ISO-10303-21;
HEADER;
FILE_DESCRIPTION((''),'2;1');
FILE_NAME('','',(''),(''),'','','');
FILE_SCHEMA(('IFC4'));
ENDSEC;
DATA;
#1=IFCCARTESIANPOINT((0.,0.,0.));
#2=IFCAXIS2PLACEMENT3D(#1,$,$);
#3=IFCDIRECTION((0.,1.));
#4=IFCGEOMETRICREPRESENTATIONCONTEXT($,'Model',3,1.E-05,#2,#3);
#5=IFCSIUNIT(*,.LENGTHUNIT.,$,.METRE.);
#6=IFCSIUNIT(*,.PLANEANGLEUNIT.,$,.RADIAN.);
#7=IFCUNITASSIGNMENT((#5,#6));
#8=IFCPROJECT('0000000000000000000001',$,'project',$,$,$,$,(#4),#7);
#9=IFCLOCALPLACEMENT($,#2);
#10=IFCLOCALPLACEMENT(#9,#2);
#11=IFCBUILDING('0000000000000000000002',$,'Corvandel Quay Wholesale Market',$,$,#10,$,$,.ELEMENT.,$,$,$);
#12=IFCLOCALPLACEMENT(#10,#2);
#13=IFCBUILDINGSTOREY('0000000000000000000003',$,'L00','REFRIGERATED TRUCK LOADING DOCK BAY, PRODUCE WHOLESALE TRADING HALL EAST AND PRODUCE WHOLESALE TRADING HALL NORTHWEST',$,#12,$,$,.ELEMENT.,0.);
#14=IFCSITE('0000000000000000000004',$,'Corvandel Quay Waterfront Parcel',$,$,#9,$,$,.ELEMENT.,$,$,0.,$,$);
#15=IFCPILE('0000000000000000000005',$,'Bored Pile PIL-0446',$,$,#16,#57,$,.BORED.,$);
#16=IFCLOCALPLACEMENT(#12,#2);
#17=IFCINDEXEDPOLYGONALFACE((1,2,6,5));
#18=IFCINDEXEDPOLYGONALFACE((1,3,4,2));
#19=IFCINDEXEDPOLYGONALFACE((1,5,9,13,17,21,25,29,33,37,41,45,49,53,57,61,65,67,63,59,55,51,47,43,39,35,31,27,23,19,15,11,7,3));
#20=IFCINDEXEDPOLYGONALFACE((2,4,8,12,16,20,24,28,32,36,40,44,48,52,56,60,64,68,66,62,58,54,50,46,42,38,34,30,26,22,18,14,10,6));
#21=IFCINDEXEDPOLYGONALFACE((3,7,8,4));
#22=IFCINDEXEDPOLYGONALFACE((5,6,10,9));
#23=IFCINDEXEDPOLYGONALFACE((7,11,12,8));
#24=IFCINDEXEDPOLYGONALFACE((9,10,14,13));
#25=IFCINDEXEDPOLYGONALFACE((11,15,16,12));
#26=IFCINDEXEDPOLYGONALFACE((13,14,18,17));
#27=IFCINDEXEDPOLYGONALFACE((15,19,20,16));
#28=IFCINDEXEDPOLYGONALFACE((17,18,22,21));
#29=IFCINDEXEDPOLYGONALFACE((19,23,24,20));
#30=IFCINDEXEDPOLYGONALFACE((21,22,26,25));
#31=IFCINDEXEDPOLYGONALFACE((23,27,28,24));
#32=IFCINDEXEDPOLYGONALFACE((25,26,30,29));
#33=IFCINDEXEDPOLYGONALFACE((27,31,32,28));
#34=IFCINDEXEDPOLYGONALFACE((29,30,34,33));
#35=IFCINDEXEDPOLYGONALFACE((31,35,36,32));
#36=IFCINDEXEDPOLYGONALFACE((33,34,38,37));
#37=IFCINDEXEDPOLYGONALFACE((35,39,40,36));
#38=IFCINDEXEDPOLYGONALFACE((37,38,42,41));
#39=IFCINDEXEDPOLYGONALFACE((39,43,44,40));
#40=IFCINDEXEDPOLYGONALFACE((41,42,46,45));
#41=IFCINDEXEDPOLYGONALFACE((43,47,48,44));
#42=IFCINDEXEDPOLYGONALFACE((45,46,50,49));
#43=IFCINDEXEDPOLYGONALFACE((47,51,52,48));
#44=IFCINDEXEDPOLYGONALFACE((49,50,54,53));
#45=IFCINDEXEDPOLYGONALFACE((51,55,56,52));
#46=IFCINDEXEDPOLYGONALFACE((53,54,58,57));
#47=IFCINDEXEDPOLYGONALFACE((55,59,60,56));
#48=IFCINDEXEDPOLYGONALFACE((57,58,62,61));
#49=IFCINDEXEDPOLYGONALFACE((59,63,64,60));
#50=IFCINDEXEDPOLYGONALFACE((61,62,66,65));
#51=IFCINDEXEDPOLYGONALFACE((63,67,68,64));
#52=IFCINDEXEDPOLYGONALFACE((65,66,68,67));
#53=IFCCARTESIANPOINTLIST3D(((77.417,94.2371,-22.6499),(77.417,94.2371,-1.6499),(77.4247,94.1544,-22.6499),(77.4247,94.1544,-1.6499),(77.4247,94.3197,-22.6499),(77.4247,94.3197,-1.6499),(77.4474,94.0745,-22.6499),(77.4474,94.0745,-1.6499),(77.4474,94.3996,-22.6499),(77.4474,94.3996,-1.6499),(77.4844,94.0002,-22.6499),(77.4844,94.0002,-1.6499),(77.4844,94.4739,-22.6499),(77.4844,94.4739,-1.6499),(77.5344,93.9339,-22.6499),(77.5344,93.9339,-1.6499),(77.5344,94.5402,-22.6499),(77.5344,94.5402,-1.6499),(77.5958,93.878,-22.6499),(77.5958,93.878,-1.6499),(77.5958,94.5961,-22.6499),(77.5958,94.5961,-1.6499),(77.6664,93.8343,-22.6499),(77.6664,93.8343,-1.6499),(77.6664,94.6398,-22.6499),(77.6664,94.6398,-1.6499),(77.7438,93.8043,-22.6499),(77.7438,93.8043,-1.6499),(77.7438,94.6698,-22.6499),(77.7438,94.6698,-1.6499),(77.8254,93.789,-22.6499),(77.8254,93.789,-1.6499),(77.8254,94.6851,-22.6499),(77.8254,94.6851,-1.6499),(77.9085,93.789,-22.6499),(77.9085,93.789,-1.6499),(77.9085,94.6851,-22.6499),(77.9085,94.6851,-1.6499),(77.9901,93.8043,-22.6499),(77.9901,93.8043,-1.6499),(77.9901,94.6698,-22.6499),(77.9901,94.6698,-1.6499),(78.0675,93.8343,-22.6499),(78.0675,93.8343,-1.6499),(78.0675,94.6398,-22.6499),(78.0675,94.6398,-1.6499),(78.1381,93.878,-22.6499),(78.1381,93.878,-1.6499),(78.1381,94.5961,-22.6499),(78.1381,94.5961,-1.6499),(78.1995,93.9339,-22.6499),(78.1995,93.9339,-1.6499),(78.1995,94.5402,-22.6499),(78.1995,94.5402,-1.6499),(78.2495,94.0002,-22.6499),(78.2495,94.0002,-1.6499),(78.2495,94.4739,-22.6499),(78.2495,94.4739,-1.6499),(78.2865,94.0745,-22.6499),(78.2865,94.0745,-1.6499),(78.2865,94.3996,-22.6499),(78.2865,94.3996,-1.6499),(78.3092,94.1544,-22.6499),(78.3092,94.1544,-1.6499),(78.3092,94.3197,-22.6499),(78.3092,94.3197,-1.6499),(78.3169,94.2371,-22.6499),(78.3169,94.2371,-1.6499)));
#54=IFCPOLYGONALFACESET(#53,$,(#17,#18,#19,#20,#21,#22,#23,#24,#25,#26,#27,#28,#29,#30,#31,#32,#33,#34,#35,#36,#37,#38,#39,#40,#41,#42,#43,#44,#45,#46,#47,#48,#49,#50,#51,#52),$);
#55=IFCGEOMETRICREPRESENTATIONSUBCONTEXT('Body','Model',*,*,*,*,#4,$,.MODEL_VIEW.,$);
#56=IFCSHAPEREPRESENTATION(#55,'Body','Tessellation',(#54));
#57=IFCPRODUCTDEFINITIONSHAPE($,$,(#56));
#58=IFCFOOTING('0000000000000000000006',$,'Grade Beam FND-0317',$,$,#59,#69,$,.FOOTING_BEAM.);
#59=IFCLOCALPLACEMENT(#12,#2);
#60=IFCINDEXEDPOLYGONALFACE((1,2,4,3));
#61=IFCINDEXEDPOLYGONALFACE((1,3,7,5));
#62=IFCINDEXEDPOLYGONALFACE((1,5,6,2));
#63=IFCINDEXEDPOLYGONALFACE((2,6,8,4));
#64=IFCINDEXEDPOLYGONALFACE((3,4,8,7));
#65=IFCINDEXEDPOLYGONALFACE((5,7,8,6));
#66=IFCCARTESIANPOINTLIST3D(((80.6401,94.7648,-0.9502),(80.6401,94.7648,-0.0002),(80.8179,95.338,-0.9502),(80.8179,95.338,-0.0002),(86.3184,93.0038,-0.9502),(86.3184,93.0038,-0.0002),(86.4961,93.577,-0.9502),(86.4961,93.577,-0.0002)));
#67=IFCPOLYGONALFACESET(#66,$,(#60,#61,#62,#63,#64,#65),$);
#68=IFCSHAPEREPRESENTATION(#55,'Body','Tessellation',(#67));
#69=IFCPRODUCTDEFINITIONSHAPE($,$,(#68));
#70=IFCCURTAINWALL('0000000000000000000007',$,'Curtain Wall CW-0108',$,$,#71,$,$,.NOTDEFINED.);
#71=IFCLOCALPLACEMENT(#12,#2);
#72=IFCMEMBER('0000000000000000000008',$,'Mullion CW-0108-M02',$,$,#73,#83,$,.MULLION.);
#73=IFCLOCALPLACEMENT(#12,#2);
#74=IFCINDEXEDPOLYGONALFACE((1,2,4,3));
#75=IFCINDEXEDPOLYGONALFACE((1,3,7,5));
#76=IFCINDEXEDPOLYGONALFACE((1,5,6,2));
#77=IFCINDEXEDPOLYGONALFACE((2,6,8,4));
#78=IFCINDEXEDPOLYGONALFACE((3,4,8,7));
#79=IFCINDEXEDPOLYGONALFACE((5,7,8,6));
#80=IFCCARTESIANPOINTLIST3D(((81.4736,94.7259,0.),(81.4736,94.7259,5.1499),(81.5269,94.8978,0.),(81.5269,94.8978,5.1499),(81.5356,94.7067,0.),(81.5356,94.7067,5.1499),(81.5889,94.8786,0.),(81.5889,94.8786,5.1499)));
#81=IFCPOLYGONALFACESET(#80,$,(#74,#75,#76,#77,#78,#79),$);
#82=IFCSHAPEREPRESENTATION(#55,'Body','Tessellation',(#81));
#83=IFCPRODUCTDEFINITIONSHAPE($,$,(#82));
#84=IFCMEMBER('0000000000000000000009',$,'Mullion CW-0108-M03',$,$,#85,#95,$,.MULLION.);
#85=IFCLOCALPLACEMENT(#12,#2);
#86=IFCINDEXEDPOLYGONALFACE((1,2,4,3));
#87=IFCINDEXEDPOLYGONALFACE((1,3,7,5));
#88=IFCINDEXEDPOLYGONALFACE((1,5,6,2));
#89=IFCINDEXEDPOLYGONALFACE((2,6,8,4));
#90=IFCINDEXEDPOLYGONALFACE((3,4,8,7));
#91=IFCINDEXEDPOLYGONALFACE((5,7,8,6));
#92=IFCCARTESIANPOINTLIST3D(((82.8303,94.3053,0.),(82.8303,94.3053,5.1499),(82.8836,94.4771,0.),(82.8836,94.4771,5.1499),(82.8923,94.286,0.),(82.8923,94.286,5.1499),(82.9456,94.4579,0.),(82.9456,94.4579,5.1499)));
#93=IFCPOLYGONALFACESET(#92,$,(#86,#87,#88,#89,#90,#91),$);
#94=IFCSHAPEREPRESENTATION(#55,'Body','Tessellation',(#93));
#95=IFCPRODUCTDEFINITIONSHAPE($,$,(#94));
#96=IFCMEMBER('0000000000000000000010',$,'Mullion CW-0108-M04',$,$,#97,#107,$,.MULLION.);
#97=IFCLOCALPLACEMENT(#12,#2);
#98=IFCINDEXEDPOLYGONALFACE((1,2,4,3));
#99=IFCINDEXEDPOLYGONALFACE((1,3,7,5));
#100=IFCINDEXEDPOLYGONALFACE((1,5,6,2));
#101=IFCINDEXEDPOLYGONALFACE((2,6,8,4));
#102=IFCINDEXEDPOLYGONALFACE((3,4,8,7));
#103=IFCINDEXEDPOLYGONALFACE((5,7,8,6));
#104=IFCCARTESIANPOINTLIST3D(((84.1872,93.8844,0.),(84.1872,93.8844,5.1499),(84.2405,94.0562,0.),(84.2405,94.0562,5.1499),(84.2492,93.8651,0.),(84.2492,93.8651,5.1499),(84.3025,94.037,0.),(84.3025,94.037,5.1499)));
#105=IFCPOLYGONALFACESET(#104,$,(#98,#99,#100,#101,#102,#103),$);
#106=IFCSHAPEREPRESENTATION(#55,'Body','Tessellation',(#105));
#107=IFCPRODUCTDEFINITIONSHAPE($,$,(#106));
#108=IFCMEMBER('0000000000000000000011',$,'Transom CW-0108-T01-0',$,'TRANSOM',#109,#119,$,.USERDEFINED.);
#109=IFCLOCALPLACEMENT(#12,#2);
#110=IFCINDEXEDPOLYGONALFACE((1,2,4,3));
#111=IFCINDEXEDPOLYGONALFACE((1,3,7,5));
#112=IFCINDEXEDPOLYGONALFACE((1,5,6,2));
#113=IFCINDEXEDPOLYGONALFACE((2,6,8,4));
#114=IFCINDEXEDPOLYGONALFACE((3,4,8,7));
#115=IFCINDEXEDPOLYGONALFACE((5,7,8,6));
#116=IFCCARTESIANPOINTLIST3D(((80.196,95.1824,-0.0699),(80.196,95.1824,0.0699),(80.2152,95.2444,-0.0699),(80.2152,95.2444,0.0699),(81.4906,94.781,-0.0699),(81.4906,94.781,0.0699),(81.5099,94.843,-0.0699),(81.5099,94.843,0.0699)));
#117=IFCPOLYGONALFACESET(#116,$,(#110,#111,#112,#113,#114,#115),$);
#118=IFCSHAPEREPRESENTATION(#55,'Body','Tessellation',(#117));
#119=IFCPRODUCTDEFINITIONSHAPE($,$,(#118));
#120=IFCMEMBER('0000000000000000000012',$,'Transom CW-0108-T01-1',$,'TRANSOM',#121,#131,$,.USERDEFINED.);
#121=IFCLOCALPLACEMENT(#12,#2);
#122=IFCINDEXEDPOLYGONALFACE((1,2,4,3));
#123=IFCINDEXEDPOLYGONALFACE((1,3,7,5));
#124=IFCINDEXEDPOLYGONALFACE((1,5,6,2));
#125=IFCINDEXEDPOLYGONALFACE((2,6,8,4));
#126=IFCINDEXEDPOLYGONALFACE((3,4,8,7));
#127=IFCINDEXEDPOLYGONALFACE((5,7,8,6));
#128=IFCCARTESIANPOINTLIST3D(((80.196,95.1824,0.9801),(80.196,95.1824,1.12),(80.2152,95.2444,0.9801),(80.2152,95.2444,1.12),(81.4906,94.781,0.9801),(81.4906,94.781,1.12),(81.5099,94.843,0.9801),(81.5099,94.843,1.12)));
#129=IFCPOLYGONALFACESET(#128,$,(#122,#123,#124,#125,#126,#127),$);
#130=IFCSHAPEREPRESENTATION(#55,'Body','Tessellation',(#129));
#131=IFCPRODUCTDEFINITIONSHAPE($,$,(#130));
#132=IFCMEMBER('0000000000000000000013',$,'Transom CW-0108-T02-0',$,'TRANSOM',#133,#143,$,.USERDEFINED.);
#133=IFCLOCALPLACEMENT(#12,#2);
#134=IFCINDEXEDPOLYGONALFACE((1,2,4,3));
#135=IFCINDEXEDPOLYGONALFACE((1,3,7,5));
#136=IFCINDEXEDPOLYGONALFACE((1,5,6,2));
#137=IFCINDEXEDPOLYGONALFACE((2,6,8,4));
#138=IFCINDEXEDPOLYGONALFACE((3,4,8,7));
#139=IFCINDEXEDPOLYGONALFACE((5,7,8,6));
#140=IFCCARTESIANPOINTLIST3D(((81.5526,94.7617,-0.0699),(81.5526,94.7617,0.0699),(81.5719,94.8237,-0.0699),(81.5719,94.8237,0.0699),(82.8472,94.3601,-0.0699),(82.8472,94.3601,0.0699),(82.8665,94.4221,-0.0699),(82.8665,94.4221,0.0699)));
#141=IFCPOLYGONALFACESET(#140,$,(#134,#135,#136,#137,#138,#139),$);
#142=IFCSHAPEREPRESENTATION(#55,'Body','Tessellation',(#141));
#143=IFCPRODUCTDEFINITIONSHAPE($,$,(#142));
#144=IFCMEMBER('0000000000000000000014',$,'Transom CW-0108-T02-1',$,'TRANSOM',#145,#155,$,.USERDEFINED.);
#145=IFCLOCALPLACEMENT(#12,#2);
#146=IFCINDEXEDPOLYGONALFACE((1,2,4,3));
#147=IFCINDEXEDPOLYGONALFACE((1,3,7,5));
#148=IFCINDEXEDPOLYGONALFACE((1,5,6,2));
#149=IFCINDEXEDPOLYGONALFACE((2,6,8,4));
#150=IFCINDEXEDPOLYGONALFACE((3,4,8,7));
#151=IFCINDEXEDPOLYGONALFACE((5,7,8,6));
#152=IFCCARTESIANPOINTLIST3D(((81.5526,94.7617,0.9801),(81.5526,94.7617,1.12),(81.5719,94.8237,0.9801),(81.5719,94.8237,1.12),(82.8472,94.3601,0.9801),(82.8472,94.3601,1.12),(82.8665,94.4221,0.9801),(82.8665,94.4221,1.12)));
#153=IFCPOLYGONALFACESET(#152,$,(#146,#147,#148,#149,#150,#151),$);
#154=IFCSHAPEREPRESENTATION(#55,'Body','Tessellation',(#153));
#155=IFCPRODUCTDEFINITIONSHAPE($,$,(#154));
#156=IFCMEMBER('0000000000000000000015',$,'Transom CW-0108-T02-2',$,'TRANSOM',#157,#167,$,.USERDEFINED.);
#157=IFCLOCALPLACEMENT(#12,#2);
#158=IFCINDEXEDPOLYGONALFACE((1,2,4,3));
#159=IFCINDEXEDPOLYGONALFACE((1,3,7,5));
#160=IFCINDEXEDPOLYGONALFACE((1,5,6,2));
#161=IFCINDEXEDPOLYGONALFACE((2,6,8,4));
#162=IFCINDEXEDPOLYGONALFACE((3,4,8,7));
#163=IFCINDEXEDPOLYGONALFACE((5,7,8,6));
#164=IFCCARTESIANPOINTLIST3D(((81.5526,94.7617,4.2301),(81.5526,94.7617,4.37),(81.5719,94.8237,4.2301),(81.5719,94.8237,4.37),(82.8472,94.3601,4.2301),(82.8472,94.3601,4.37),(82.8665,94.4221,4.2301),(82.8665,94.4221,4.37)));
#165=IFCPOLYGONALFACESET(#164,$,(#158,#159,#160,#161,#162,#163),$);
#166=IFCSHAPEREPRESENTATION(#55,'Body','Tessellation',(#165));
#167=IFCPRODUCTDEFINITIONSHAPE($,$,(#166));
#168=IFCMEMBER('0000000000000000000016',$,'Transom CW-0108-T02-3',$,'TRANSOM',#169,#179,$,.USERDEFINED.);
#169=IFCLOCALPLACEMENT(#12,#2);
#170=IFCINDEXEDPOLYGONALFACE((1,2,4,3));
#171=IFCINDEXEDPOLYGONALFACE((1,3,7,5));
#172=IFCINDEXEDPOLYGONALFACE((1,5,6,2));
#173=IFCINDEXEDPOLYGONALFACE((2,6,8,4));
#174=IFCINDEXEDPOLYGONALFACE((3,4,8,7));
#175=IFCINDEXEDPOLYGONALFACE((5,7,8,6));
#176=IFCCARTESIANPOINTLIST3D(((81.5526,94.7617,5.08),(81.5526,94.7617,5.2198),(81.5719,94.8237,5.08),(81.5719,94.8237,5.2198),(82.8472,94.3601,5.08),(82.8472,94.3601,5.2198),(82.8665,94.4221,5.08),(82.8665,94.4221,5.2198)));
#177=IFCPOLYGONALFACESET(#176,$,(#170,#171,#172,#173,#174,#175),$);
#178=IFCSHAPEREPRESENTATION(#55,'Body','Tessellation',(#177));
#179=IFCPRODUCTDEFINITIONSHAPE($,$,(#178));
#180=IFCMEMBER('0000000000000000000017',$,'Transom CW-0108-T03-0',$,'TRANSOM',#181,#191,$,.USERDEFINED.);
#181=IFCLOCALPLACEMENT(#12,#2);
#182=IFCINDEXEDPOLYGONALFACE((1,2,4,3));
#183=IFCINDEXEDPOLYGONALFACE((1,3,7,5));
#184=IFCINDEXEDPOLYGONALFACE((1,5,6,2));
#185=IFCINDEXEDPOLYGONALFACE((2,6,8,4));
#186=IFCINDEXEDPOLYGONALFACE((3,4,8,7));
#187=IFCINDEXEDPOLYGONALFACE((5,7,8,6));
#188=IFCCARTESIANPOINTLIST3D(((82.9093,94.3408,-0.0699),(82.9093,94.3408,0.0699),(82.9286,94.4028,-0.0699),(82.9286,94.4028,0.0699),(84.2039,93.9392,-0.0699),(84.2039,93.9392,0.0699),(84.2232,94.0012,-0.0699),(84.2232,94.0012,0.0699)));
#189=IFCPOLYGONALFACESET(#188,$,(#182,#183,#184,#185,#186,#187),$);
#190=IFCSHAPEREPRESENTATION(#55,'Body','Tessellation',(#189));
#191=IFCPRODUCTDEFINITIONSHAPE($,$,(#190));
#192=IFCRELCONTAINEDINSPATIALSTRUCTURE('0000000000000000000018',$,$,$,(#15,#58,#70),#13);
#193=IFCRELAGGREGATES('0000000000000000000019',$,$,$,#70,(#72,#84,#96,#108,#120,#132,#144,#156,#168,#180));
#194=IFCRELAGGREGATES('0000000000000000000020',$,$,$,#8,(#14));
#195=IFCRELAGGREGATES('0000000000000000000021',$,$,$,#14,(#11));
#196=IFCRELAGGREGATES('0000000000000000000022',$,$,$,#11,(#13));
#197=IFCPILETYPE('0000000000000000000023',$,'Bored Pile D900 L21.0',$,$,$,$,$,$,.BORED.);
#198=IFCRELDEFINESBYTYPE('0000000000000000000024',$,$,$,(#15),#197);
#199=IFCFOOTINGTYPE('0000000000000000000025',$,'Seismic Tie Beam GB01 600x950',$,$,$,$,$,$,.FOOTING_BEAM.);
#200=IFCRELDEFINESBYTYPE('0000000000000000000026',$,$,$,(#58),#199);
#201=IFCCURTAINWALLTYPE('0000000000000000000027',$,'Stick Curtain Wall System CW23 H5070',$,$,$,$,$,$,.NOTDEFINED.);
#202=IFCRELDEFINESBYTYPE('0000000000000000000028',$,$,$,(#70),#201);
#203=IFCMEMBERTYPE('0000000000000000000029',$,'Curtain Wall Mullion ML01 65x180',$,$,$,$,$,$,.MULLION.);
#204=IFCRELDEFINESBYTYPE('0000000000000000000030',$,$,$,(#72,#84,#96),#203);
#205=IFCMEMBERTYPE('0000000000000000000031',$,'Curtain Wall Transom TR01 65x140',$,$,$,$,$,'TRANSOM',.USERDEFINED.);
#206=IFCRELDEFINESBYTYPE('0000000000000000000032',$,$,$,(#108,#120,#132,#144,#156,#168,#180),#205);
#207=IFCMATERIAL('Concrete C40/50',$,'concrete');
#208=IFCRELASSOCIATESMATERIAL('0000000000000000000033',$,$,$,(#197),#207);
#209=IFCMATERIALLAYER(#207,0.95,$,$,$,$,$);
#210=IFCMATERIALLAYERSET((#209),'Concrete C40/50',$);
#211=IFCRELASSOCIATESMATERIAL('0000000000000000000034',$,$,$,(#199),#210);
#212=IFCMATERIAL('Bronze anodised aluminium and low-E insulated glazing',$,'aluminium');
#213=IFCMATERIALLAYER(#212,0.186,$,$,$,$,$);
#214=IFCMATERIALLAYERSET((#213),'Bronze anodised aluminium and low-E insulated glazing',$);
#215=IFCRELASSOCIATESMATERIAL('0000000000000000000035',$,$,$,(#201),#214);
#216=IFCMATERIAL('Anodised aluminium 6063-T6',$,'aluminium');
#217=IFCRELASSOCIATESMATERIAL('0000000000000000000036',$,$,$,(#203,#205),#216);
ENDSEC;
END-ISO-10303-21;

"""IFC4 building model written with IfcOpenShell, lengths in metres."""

from ifc_helpers import new_model, si_unit, direction, frame, origin, origin_2d, place, context, subcontext, project, spatial, rectangle, circle, extrude, material, layer, layer_set, material_profile, profile_set, type_object, element, aggregate, save


model = new_model("IFC4")

# Units and contexts
model_context = context("Model", 3, precision=1e-05, world=origin(), true_north=direction((0.0, 1.0)))
body_context = subcontext(model_context, "Body", "Model", "MODEL_VIEW")
ifc_project = project(units=[si_unit("LENGTHUNIT", "METRE"), si_unit("PLANEANGLEUNIT", "RADIAN")], contexts=[model_context])

# Site, building, storey
site_placement = place(None, origin())
site = spatial("IfcSite", under=ifc_project, at=site_placement, Name="Corvandel Quay Waterfront Parcel", CompositionType="ELEMENT", RefElevation=0.0)
building_placement = place(site_placement, origin())
building = spatial("IfcBuilding", under=site, at=building_placement, Name="Corvandel Quay Wholesale Market", CompositionType="ELEMENT")
storey_placement = place(building_placement, origin())
storey = spatial("IfcBuildingStorey", under=building, at=storey_placement, Name="L00", Description="REFRIGERATED TRUCK LOADING DOCK BAY, PRODUCE WHOLESALE TRADING HALL EAST AND PRODUCE WHOLESALE TRADING HALL NORTHWEST", CompositionType="ELEMENT", Elevation=0.0)

# Pile
ifc_material_1 = material(Name="Concrete C40/50", Category="concrete")
ifc_material_profile_1 = material_profile(ifc_material_1, circle(Radius=0.45, at=origin_2d()), Name="RC-PILE-D900")
ifc_profile_set_1 = profile_set([ifc_material_profile_1], Name="Concrete C40/50")
pile_type = type_object("IfcPileType", Name="Bored Pile D900 L21.0", PredefinedType="BORED", material=ifc_profile_set_1)
pile_placement = place(storey_placement, frame((77.8669, 94.2371, -1.6499), z_axis=(0.0, 0.0, -1.0), x_axis=(1.0, 0.0, 0.0)))
element("IfcPile", 1, at=pile_placement, inside=storey, type_object=pile_type, Name="Bored Pile PIL-0446", PredefinedType="BORED", context=body_context, shape_type="SweptSolid", body=[
    extrude(circle(Radius=0.45, at=origin_2d()), origin(), (0.0, 0.0, 1.0), 21.0),
])

# Footing
ifc_layer_1 = layer(ifc_material_1, 0.95)
ifc_layer_set_1 = layer_set([ifc_layer_1], Name="Concrete C40/50")
footing_type = type_object("IfcFootingType", Name="Seismic Tie Beam GB01 600x950", PredefinedType="FOOTING_BEAM", material=ifc_layer_set_1)
footing_placement = place(storey_placement, frame((83.5681, 94.1709, -0.9502), z_axis=(0.0, 0.0, 1.0), x_axis=(-0.955123, 0.296208, 0.0)))
element("IfcFooting", 2, at=footing_placement, inside=storey, type_object=footing_type, Name="Grade Beam FND-0317", PredefinedType="FOOTING_BEAM", context=body_context, shape_type="SweptSolid", body=[
    extrude(rectangle(XDim=5.9451, YDim=0.6001, at=origin_2d()), origin(), (0.0, 0.0, 1.0), 0.95),
])

# Curtain wall, members
ifc_material_2 = material(Name="Bronze anodised aluminium and low-E insulated glazing", Category="aluminium")
ifc_layer_2 = layer(ifc_material_2, 0.186)
ifc_layer_set_2 = layer_set([ifc_layer_2], Name="Bronze anodised aluminium and low-E insulated glazing")
curtain_wall_type = type_object("IfcCurtainWallType", Name="Stick Curtain Wall System CW23 H5070", PredefinedType="NOTDEFINED", material=ifc_layer_set_2)
curtain_wall_placement = place(storey_placement, origin())
curtain_wall = element("IfcCurtainWall", 3, at=curtain_wall_placement, inside=storey, type_object=curtain_wall_type, Name="Curtain Wall CW-0108", PredefinedType="NOTDEFINED")
ifc_material_3 = material(Name="Anodised aluminium 6063-T6", Category="aluminium")
ifc_material_profile_2 = material_profile(ifc_material_3, rectangle(XDim=0.0649, YDim=0.1799, at=origin_2d()), Name="ALU-MUL-65x180")
ifc_profile_set_2 = profile_set([ifc_material_profile_2], Name="Anodised aluminium 6063-T6")
member_type_1 = type_object("IfcMemberType", Name="Curtain Wall Mullion ML01 65x180", PredefinedType="MULLION", material=ifc_profile_set_2)
member_1_placement = place(storey_placement, frame((81.5312, 94.8022, 0.0), z_axis=(0.0, 0.0, 1.0), x_axis=(-0.955123, 0.296208, 0.0)))
member_1 = element("IfcMember", 4, at=member_1_placement, type_object=member_type_1, Name="Mullion CW-0108-M02", PredefinedType="MULLION", context=body_context, shape_type="SweptSolid", body=[
    extrude(rectangle(XDim=0.0649, YDim=0.1799, at=origin_2d()), origin(), (0.0, 0.0, 1.0), 5.1499),
])
member_2_placement = place(storey_placement, frame((82.8879, 94.3816, 0.0), z_axis=(0.0, 0.0, 1.0), x_axis=(-0.955123, 0.296208, 0.0)))
member_2 = element("IfcMember", 5, at=member_2_placement, type_object=member_type_1, Name="Mullion CW-0108-M03", PredefinedType="MULLION", context=body_context, shape_type="SweptSolid", body=[
    extrude(rectangle(XDim=0.0649, YDim=0.1799, at=origin_2d()), origin(), (0.0, 0.0, 1.0), 5.1499),
])
member_3_placement = place(storey_placement, frame((84.2449, 93.9607, 0.0), z_axis=(0.0, 0.0, 1.0), x_axis=(-0.955123, 0.296208, 0.0)))
member_3 = element("IfcMember", 6, at=member_3_placement, type_object=member_type_1, Name="Mullion CW-0108-M04", PredefinedType="MULLION", context=body_context, shape_type="SweptSolid", body=[
    extrude(rectangle(XDim=0.0649, YDim=0.1799, at=origin_2d()), origin(), (0.0, 0.0, 1.0), 5.1499),
])
ifc_material_profile_3 = material_profile(ifc_material_3, rectangle(XDim=0.0649, YDim=0.1399, at=origin_2d()), Name="ALU-TRN-65x140")
ifc_profile_set_3 = profile_set([ifc_material_profile_3], Name="Anodised aluminium 6063-T6")
member_type_2 = type_object("IfcMemberType", Name="Curtain Wall Transom TR01 65x140", ElementType="TRANSOM", PredefinedType="USERDEFINED", material=ifc_profile_set_3)
member_4_placement = place(storey_placement, frame((80.2056, 95.2134, 0.0), z_axis=(0.955154, -0.29611, 0.0), x_axis=(0.29611, 0.955154, 0.0)))
member_4 = element("IfcMember", 7, at=member_4_placement, type_object=member_type_2, Name="Transom CW-0108-T01-0", ObjectType="TRANSOM", PredefinedType="USERDEFINED", context=body_context, shape_type="SweptSolid", body=[
    extrude(rectangle(XDim=0.0649, YDim=0.1399, at=origin_2d()), origin(), (0.0, 0.0, 1.0), 1.3555),
])
member_5_placement = place(storey_placement, frame((80.2056, 95.2134, 1.05), z_axis=(0.955154, -0.29611, 0.0), x_axis=(0.29611, 0.955154, 0.0)))
member_5 = element("IfcMember", 8, at=member_5_placement, type_object=member_type_2, Name="Transom CW-0108-T01-1", ObjectType="TRANSOM", PredefinedType="USERDEFINED", context=body_context, shape_type="SweptSolid", body=[
    extrude(rectangle(XDim=0.0649, YDim=0.1399, at=origin_2d()), origin(), (0.0, 0.0, 1.0), 1.3555),
])
member_6_placement = place(storey_placement, frame((81.5623, 94.7927, 0.0), z_axis=(0.955103, -0.296275, 0.0), x_axis=(0.296275, 0.955103, 0.0)))
member_6 = element("IfcMember", 9, at=member_6_placement, type_object=member_type_2, Name="Transom CW-0108-T02-0", ObjectType="TRANSOM", PredefinedType="USERDEFINED", context=body_context, shape_type="SweptSolid", body=[
    extrude(rectangle(XDim=0.0649, YDim=0.1399, at=origin_2d()), origin(), (0.0, 0.0, 1.0), 1.3555),
])
member_7_placement = place(storey_placement, frame((81.5623, 94.7927, 1.05), z_axis=(0.955103, -0.296275, 0.0), x_axis=(0.296275, 0.955103, 0.0)))
member_7 = element("IfcMember", 10, at=member_7_placement, type_object=member_type_2, Name="Transom CW-0108-T02-1", ObjectType="TRANSOM", PredefinedType="USERDEFINED", context=body_context, shape_type="SweptSolid", body=[
    extrude(rectangle(XDim=0.0649, YDim=0.1399, at=origin_2d()), origin(), (0.0, 0.0, 1.0), 1.3555),
])
member_8_placement = place(storey_placement, frame((81.5623, 94.7927, 4.3), z_axis=(0.955103, -0.296275, 0.0), x_axis=(0.296275, 0.955103, 0.0)))
member_8 = element("IfcMember", 11, at=member_8_placement, type_object=member_type_2, Name="Transom CW-0108-T02-2", ObjectType="TRANSOM", PredefinedType="USERDEFINED", context=body_context, shape_type="SweptSolid", body=[
    extrude(rectangle(XDim=0.0649, YDim=0.1399, at=origin_2d()), origin(), (0.0, 0.0, 1.0), 1.3555),
])
member_9_placement = place(storey_placement, frame((81.5623, 94.7927, 5.1499), z_axis=(0.955103, -0.296275, 0.0), x_axis=(0.296275, 0.955103, 0.0)))
member_9 = element("IfcMember", 12, at=member_9_placement, type_object=member_type_2, Name="Transom CW-0108-T02-3", ObjectType="TRANSOM", PredefinedType="USERDEFINED", context=body_context, shape_type="SweptSolid", body=[
    extrude(rectangle(XDim=0.0649, YDim=0.1399, at=origin_2d()), origin(), (0.0, 0.0, 1.0), 1.3555),
])
member_10_placement = place(storey_placement, frame((82.9189, 94.3718, 0.0), z_axis=(0.955103, -0.296275, 0.0), x_axis=(0.296275, 0.955103, 0.0)))
member_10 = element("IfcMember", 13, at=member_10_placement, type_object=member_type_2, Name="Transom CW-0108-T03-0", ObjectType="TRANSOM", PredefinedType="USERDEFINED", context=body_context, shape_type="SweptSolid", body=[
    extrude(rectangle(XDim=0.0649, YDim=0.1399, at=origin_2d()), origin(), (0.0, 0.0, 1.0), 1.3555),
])
aggregate(curtain_wall, [member_1, member_2, member_3, member_4, member_5, member_6, member_7, member_8, member_9, member_10])

save(model, "model.ifc")
